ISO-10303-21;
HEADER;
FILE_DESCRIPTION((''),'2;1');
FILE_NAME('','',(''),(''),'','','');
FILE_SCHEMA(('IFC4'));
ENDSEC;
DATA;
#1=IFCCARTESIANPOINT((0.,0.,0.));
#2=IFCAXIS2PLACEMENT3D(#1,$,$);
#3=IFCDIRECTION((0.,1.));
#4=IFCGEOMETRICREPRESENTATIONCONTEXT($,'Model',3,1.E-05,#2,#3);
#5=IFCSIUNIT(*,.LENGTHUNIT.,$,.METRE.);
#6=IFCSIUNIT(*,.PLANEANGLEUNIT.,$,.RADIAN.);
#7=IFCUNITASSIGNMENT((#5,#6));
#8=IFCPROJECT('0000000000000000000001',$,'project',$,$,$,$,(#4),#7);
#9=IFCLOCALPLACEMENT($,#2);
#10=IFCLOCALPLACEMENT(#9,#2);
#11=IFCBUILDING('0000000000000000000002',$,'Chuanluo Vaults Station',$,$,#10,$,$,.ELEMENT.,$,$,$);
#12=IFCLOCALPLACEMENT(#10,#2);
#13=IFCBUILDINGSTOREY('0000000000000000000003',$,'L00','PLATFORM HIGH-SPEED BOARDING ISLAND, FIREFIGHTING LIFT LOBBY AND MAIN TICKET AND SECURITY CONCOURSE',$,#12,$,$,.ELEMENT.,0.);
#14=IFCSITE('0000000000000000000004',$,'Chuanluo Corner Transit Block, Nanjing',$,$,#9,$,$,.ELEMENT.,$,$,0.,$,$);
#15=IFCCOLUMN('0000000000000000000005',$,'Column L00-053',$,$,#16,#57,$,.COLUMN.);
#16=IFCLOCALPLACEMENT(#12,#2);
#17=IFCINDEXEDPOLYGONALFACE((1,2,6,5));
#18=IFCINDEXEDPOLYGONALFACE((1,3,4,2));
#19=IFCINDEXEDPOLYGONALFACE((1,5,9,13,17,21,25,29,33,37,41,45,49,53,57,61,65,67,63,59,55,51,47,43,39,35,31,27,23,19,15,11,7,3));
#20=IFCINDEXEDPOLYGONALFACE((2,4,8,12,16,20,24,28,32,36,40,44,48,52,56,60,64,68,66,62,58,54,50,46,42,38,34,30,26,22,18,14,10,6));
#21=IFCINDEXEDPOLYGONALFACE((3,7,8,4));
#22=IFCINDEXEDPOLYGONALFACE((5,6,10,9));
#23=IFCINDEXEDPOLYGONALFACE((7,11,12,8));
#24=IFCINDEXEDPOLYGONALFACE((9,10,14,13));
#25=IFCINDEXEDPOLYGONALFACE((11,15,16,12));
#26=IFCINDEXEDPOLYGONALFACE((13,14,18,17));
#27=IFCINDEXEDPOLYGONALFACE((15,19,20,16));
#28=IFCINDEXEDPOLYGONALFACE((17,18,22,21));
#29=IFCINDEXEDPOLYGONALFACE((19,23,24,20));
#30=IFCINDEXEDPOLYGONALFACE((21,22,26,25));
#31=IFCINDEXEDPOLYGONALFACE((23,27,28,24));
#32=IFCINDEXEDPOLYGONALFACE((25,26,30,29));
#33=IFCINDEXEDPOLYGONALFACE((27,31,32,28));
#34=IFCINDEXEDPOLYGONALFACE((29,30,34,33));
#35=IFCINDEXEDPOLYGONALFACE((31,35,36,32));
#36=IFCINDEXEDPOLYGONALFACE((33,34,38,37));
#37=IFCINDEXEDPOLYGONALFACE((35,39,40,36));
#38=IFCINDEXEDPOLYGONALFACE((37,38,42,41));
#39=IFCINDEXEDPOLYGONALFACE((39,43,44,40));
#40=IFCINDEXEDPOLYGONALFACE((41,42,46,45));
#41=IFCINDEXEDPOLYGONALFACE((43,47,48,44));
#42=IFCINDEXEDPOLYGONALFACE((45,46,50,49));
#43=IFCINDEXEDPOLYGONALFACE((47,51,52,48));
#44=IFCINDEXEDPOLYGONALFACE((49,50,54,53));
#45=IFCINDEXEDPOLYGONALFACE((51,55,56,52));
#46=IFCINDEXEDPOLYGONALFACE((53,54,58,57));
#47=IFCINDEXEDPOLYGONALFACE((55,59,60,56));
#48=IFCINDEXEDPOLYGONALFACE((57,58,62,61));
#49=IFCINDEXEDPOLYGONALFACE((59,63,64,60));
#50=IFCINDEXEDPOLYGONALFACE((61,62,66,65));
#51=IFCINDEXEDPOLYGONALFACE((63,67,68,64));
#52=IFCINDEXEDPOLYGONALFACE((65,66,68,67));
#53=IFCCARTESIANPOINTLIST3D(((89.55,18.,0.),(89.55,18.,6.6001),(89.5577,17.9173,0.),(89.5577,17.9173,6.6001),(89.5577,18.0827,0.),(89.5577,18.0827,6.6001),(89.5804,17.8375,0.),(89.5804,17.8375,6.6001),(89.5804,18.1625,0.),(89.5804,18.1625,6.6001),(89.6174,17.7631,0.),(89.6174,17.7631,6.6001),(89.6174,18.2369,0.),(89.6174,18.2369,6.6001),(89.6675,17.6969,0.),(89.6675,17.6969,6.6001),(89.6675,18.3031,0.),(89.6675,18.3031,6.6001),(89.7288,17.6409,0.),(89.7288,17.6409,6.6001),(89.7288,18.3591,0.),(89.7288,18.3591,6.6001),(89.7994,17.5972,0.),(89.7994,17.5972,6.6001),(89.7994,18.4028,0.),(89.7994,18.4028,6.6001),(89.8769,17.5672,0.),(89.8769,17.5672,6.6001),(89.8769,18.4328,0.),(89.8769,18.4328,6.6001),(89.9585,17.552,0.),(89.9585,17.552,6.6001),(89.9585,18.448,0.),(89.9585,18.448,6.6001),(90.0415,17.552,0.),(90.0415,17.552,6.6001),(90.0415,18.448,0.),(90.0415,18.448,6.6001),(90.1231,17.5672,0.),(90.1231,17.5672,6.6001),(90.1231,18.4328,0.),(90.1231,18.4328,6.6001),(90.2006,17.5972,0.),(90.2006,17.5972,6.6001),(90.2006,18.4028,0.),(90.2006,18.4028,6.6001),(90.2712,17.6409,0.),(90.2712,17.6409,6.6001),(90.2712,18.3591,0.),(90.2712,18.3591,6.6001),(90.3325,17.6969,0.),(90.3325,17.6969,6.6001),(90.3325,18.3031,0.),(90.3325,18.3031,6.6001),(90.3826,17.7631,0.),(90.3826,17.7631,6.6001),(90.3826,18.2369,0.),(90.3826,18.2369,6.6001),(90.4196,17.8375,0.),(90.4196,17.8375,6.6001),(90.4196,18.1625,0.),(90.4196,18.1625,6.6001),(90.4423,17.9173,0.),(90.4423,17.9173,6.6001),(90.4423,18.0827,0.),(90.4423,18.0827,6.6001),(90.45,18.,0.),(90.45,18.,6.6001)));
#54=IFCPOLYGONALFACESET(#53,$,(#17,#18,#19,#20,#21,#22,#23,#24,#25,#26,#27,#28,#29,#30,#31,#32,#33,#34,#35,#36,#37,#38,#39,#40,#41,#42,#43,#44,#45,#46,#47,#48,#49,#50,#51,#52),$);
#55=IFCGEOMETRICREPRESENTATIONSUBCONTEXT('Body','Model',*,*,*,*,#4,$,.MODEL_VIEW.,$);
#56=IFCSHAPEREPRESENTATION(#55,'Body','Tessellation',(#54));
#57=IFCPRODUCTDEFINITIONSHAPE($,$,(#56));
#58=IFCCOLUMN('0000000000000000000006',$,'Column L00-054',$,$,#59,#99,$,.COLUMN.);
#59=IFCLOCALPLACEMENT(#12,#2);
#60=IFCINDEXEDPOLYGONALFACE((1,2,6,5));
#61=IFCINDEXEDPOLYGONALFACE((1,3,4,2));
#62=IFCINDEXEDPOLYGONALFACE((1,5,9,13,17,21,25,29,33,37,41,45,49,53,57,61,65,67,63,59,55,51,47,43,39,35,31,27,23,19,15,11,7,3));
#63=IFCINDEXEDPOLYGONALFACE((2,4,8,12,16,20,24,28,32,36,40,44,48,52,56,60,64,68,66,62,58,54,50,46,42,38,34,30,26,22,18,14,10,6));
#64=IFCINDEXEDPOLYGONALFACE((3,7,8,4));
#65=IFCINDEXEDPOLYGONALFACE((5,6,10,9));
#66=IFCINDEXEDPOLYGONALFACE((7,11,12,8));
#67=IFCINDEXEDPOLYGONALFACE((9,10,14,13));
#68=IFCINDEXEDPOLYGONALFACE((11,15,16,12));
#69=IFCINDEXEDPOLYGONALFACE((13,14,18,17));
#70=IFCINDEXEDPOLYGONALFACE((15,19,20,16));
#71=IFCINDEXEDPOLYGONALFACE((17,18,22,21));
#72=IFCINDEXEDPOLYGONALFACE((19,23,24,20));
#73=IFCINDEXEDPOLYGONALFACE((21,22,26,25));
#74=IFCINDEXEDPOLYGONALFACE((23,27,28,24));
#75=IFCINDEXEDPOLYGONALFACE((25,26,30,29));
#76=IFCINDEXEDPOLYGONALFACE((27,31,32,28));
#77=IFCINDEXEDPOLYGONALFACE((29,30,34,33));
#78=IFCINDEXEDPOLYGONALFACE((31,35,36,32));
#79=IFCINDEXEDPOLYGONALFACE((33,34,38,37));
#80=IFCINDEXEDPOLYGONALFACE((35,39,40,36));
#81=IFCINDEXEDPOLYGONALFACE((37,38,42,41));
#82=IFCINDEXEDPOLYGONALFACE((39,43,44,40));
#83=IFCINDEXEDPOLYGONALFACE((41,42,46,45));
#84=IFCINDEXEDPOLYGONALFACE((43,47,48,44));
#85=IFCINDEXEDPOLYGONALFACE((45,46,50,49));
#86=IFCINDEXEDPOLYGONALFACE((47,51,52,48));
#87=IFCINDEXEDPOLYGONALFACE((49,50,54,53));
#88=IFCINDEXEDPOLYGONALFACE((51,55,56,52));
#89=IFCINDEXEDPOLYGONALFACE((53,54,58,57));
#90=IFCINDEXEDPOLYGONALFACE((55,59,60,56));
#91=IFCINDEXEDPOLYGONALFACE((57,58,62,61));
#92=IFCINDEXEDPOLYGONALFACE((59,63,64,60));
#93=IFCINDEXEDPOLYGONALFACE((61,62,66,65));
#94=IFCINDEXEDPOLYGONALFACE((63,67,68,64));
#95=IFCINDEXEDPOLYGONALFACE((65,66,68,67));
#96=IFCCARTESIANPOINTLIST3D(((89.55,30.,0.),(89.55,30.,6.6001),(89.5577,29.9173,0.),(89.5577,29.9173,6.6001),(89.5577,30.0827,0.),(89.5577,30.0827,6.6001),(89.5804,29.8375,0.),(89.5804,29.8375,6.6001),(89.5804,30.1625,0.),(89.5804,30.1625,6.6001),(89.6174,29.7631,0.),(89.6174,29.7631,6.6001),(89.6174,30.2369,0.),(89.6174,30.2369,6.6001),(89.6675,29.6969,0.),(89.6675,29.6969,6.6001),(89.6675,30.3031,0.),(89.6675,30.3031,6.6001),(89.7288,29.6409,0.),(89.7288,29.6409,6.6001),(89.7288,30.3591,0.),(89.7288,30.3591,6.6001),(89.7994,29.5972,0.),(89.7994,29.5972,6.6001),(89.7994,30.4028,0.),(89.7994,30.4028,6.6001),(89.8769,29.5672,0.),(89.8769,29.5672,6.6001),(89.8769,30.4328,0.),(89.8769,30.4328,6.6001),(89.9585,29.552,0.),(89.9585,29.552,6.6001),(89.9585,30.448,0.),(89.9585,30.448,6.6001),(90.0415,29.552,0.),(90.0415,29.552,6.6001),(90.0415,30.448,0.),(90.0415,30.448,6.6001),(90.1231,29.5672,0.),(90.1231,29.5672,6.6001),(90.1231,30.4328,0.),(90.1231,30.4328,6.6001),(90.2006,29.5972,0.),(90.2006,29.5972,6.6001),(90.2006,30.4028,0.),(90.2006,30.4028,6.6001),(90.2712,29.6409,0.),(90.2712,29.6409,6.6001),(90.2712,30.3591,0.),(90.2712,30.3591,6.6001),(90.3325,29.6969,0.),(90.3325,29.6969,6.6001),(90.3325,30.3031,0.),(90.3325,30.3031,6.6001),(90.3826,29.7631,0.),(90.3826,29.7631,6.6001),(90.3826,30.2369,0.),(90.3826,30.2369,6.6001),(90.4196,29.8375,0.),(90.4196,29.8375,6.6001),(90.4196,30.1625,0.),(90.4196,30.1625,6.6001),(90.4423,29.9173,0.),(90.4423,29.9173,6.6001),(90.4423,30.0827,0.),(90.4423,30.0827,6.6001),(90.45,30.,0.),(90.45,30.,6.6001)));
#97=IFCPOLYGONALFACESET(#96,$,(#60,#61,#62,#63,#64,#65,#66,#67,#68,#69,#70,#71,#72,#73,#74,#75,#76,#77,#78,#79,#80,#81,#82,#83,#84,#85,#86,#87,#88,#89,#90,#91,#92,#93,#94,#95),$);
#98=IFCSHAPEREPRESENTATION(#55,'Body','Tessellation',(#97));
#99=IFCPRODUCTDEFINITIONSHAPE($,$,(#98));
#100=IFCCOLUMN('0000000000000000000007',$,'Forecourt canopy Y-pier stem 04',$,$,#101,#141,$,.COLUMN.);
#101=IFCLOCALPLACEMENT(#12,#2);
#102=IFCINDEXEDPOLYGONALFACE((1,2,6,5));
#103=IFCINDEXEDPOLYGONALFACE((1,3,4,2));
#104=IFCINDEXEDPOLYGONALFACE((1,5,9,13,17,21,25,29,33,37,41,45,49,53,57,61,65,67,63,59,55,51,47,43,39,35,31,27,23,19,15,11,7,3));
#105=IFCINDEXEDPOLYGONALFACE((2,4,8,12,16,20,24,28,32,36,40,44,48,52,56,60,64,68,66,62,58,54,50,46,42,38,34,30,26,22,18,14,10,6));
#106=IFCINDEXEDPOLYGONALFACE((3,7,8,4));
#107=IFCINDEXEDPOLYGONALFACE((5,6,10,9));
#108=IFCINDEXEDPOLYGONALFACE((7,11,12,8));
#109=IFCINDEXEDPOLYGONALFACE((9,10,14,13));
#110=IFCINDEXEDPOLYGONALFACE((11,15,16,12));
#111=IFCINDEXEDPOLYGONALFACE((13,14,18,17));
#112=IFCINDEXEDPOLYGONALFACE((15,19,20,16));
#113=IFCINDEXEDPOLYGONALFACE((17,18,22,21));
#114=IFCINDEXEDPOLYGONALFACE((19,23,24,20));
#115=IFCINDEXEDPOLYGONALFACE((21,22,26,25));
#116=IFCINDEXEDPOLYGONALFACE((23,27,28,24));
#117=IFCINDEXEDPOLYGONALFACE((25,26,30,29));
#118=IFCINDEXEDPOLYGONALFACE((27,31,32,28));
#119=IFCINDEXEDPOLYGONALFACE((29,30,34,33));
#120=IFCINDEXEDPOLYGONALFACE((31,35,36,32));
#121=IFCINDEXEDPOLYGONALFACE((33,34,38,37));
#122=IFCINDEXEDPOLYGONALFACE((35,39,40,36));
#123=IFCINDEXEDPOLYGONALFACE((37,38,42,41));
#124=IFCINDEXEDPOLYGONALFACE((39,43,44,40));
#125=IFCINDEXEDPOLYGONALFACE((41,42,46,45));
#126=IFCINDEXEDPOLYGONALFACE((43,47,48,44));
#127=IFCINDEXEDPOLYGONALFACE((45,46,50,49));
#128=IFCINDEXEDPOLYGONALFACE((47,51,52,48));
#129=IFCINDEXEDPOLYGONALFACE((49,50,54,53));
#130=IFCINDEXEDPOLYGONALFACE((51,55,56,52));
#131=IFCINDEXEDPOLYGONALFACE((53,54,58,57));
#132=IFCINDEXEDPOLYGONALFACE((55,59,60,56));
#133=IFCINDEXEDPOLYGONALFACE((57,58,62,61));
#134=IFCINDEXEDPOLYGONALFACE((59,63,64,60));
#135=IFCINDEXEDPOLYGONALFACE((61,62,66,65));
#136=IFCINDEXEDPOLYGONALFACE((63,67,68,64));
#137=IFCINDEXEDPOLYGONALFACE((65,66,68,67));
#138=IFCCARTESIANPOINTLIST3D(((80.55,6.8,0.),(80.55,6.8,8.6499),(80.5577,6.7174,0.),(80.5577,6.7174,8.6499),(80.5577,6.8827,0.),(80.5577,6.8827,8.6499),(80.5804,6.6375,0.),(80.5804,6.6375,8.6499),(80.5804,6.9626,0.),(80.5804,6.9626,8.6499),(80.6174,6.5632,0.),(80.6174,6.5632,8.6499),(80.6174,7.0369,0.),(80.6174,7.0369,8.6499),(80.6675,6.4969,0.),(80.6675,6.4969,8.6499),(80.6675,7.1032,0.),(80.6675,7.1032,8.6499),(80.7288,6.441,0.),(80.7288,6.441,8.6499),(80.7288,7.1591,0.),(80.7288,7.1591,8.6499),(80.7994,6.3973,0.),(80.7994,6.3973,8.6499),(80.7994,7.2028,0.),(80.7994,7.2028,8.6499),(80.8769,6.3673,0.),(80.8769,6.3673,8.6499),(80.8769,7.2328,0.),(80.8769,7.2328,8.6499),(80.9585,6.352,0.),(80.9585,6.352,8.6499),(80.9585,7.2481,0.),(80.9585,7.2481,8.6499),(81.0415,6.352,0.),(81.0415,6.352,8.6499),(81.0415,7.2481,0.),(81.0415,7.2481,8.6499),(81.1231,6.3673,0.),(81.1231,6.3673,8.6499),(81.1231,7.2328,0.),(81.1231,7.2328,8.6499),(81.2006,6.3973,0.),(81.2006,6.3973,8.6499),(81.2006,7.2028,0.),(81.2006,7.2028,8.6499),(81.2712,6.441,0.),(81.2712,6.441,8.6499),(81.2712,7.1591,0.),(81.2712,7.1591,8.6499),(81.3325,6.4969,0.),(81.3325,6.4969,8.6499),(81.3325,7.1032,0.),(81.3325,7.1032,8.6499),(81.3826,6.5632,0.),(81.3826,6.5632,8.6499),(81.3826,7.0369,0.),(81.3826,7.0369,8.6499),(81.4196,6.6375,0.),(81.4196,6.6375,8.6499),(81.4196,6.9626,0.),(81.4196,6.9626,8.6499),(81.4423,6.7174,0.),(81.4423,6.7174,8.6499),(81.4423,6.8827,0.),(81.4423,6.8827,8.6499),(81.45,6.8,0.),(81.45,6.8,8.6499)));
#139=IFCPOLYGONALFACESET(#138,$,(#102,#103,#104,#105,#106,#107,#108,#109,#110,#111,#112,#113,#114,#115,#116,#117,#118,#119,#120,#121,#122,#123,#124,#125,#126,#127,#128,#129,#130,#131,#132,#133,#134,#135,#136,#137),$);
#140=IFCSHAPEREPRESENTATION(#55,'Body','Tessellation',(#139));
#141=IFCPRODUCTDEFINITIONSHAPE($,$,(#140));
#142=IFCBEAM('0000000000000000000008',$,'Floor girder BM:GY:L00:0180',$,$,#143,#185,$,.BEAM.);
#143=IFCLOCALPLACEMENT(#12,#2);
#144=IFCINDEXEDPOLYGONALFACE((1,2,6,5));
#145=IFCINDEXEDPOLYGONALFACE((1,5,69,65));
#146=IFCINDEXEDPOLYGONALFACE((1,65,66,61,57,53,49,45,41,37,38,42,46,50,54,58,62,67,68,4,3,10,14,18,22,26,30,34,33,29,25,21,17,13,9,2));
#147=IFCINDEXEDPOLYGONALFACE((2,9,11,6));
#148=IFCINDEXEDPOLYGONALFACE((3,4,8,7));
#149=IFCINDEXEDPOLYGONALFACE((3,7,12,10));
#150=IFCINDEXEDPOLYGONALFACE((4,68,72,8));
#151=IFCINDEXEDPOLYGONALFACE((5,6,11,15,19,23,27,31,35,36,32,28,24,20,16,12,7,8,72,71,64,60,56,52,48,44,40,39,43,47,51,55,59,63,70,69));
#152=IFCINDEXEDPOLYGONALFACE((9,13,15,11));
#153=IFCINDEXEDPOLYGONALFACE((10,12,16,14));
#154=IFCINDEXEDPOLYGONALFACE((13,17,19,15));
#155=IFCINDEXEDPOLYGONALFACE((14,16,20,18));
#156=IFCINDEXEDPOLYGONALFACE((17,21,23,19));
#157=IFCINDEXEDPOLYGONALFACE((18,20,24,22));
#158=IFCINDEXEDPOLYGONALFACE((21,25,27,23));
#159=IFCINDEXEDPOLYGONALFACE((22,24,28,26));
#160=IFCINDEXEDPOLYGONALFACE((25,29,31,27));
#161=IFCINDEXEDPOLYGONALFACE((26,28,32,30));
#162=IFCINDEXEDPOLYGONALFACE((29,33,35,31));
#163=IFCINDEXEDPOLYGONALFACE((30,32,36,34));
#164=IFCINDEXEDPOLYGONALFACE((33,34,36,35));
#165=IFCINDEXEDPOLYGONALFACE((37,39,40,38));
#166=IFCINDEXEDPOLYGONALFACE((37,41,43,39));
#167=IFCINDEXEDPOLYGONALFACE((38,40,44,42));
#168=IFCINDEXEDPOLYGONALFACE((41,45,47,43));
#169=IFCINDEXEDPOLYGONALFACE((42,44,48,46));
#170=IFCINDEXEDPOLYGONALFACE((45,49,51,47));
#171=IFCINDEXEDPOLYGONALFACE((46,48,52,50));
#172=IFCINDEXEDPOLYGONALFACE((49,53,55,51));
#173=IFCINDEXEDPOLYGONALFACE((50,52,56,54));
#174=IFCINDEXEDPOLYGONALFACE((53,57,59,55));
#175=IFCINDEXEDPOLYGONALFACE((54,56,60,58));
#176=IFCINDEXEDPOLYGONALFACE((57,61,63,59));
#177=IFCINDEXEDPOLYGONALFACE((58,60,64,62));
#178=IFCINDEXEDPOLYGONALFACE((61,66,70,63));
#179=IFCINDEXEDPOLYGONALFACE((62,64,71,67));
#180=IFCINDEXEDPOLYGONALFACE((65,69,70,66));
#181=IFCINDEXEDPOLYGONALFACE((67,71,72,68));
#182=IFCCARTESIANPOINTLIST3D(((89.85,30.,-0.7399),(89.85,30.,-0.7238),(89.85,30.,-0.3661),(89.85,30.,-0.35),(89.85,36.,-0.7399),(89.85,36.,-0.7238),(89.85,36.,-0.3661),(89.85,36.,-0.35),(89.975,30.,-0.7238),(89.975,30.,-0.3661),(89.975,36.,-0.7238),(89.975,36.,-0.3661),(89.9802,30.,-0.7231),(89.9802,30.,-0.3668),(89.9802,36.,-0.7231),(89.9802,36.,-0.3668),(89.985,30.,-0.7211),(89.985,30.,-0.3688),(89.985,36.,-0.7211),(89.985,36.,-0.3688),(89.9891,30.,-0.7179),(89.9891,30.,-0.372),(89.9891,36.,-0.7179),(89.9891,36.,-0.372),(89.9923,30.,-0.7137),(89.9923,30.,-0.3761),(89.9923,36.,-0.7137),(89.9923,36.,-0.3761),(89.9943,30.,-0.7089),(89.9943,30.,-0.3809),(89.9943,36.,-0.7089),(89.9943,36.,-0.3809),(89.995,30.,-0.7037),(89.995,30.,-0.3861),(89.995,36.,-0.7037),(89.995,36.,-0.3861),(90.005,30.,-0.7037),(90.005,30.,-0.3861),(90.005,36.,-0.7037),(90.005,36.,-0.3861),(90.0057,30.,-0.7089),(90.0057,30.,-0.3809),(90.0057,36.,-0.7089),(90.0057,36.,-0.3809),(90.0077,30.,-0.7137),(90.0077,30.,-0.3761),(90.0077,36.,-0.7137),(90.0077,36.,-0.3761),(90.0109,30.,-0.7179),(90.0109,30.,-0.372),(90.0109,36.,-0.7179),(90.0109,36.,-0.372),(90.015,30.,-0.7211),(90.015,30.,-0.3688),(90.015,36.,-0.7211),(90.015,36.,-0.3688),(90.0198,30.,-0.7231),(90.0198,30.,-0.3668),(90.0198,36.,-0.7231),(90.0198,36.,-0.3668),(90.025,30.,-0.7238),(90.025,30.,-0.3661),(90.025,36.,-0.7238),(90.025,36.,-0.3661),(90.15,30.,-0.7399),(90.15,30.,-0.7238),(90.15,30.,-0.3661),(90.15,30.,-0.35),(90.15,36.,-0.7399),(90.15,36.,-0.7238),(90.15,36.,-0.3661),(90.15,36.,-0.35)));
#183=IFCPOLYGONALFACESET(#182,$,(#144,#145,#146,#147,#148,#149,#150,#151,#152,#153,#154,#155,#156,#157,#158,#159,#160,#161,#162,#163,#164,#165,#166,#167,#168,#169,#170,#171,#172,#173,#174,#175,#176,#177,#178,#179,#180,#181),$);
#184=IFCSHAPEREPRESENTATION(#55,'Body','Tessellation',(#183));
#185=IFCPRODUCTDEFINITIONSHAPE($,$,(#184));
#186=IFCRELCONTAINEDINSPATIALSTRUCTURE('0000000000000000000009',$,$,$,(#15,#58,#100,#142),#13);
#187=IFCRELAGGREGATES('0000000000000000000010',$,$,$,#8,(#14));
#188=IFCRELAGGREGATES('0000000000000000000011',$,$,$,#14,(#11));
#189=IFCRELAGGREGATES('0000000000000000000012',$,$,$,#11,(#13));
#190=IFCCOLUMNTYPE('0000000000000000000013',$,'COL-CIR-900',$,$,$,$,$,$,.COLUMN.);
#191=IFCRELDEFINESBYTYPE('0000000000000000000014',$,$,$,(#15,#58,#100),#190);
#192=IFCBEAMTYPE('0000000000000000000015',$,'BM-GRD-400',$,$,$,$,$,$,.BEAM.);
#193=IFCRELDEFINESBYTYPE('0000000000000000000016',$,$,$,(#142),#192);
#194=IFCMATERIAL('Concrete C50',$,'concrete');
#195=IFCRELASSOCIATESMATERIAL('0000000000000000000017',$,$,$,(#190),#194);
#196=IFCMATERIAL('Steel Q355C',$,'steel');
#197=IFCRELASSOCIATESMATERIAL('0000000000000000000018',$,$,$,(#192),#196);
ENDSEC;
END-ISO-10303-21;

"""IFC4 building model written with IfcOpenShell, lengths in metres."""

from ifc_helpers import new_model, si_unit, direction, frame, origin, origin_2d, place, context, subcontext, project, spatial, circle, i_section, extrude, material, material_profile, profile_set, type_object, element, save


model = new_model("IFC4")

# Units and contexts
model_context = context("Model", 3, precision=1e-05, world=origin(), true_north=direction((0.0, 1.0)))
body_context = subcontext(model_context, "Body", "Model", "MODEL_VIEW")
ifc_project = project(units=[si_unit("LENGTHUNIT", "METRE"), si_unit("PLANEANGLEUNIT", "RADIAN")], contexts=[model_context])

# Site, building, storey
site_placement = place(None, origin())
site = spatial("IfcSite", under=ifc_project, at=site_placement, Name="Chuanluo Corner Transit Block, Nanjing", CompositionType="ELEMENT", RefElevation=0.0)
building_placement = place(site_placement, origin())
building = spatial("IfcBuilding", under=site, at=building_placement, Name="Chuanluo Vaults Station", CompositionType="ELEMENT")
storey_placement = place(building_placement, origin())
storey = spatial("IfcBuildingStorey", under=building, at=storey_placement, Name="L00", Description="PLATFORM HIGH-SPEED BOARDING ISLAND, FIREFIGHTING LIFT LOBBY AND MAIN TICKET AND SECURITY CONCOURSE", CompositionType="ELEMENT", Elevation=0.0)

# Columns
ifc_material_1 = material(Name="Concrete C50", Category="concrete")
ifc_material_profile_1 = material_profile(ifc_material_1, circle(Radius=0.45, at=origin_2d()))
ifc_profile_set_1 = profile_set([ifc_material_profile_1], Name="Concrete C50")
column_type = type_object("IfcColumnType", Name="COL-CIR-900", PredefinedType="COLUMN", material=ifc_profile_set_1)
for number, where, z_axis, x_axis, name in (
    (1, (90.0, 18.0, 0.0), (0.0, 0.0, 1.0), (1.0, 0.0, 0.0), "Column L00-053"),
    (2, (90.0, 30.0, 0.0), (0.0, 0.0, 1.0), (1.0, 0.0, 0.0), "Column L00-054"),
):
    element("IfcColumn", number, at=place(storey_placement, frame(where, z_axis=z_axis, x_axis=x_axis)), inside=storey, type_object=column_type, Name=name, PredefinedType="COLUMN", context=body_context, shape_type="SweptSolid", body=[
        extrude(circle(Radius=0.45, at=origin_2d()), origin(), (0.0, 0.0, 1.0), 6.6001),
    ])
column_placement = place(storey_placement, frame((81.0, 6.8, 0.0), z_axis=(0.0, 0.0, 1.0), x_axis=(1.0, 0.0, 0.0)))
element("IfcColumn", 3, at=column_placement, inside=storey, type_object=column_type, Name="Forecourt canopy Y-pier stem 04", PredefinedType="COLUMN", context=body_context, shape_type="SweptSolid", body=[
    extrude(circle(Radius=0.45, at=origin_2d()), origin(), (0.0, 0.0, 1.0), 8.6499),
])

# Beam
ifc_material_2 = material(Name="Steel Q355C", Category="steel")
ifc_material_profile_2 = material_profile(ifc_material_2, i_section(OverallWidth=0.3, OverallDepth=0.3899, WebThickness=0.01, FlangeThickness=0.0161, FilletRadius=0.02, at=origin_2d()))
ifc_profile_set_2 = profile_set([ifc_material_profile_2], Name="Steel Q355C")
beam_type_1 = type_object("IfcBeamType", Name="BM-GRD-400", PredefinedType="BEAM", material=ifc_profile_set_2)
beam_1_placement = place(storey_placement, frame((90.0, 30.0, -0.5449), z_axis=(0.0, 1.0, 0.0), x_axis=(-1.0, 0.0, 0.0)))
element("IfcBeam", 4, at=beam_1_placement, inside=storey, type_object=beam_type_1, Name="Floor girder BM:GY:L00:0180", PredefinedType="BEAM", context=body_context, shape_type="SweptSolid", body=[
    extrude(i_section(OverallWidth=0.3, OverallDepth=0.3899, WebThickness=0.01, FlangeThickness=0.0161, FilletRadius=0.02, at=origin_2d()), origin(), (0.0, 0.0, 1.0), 6.0),
])

save(model, "model.ifc")
